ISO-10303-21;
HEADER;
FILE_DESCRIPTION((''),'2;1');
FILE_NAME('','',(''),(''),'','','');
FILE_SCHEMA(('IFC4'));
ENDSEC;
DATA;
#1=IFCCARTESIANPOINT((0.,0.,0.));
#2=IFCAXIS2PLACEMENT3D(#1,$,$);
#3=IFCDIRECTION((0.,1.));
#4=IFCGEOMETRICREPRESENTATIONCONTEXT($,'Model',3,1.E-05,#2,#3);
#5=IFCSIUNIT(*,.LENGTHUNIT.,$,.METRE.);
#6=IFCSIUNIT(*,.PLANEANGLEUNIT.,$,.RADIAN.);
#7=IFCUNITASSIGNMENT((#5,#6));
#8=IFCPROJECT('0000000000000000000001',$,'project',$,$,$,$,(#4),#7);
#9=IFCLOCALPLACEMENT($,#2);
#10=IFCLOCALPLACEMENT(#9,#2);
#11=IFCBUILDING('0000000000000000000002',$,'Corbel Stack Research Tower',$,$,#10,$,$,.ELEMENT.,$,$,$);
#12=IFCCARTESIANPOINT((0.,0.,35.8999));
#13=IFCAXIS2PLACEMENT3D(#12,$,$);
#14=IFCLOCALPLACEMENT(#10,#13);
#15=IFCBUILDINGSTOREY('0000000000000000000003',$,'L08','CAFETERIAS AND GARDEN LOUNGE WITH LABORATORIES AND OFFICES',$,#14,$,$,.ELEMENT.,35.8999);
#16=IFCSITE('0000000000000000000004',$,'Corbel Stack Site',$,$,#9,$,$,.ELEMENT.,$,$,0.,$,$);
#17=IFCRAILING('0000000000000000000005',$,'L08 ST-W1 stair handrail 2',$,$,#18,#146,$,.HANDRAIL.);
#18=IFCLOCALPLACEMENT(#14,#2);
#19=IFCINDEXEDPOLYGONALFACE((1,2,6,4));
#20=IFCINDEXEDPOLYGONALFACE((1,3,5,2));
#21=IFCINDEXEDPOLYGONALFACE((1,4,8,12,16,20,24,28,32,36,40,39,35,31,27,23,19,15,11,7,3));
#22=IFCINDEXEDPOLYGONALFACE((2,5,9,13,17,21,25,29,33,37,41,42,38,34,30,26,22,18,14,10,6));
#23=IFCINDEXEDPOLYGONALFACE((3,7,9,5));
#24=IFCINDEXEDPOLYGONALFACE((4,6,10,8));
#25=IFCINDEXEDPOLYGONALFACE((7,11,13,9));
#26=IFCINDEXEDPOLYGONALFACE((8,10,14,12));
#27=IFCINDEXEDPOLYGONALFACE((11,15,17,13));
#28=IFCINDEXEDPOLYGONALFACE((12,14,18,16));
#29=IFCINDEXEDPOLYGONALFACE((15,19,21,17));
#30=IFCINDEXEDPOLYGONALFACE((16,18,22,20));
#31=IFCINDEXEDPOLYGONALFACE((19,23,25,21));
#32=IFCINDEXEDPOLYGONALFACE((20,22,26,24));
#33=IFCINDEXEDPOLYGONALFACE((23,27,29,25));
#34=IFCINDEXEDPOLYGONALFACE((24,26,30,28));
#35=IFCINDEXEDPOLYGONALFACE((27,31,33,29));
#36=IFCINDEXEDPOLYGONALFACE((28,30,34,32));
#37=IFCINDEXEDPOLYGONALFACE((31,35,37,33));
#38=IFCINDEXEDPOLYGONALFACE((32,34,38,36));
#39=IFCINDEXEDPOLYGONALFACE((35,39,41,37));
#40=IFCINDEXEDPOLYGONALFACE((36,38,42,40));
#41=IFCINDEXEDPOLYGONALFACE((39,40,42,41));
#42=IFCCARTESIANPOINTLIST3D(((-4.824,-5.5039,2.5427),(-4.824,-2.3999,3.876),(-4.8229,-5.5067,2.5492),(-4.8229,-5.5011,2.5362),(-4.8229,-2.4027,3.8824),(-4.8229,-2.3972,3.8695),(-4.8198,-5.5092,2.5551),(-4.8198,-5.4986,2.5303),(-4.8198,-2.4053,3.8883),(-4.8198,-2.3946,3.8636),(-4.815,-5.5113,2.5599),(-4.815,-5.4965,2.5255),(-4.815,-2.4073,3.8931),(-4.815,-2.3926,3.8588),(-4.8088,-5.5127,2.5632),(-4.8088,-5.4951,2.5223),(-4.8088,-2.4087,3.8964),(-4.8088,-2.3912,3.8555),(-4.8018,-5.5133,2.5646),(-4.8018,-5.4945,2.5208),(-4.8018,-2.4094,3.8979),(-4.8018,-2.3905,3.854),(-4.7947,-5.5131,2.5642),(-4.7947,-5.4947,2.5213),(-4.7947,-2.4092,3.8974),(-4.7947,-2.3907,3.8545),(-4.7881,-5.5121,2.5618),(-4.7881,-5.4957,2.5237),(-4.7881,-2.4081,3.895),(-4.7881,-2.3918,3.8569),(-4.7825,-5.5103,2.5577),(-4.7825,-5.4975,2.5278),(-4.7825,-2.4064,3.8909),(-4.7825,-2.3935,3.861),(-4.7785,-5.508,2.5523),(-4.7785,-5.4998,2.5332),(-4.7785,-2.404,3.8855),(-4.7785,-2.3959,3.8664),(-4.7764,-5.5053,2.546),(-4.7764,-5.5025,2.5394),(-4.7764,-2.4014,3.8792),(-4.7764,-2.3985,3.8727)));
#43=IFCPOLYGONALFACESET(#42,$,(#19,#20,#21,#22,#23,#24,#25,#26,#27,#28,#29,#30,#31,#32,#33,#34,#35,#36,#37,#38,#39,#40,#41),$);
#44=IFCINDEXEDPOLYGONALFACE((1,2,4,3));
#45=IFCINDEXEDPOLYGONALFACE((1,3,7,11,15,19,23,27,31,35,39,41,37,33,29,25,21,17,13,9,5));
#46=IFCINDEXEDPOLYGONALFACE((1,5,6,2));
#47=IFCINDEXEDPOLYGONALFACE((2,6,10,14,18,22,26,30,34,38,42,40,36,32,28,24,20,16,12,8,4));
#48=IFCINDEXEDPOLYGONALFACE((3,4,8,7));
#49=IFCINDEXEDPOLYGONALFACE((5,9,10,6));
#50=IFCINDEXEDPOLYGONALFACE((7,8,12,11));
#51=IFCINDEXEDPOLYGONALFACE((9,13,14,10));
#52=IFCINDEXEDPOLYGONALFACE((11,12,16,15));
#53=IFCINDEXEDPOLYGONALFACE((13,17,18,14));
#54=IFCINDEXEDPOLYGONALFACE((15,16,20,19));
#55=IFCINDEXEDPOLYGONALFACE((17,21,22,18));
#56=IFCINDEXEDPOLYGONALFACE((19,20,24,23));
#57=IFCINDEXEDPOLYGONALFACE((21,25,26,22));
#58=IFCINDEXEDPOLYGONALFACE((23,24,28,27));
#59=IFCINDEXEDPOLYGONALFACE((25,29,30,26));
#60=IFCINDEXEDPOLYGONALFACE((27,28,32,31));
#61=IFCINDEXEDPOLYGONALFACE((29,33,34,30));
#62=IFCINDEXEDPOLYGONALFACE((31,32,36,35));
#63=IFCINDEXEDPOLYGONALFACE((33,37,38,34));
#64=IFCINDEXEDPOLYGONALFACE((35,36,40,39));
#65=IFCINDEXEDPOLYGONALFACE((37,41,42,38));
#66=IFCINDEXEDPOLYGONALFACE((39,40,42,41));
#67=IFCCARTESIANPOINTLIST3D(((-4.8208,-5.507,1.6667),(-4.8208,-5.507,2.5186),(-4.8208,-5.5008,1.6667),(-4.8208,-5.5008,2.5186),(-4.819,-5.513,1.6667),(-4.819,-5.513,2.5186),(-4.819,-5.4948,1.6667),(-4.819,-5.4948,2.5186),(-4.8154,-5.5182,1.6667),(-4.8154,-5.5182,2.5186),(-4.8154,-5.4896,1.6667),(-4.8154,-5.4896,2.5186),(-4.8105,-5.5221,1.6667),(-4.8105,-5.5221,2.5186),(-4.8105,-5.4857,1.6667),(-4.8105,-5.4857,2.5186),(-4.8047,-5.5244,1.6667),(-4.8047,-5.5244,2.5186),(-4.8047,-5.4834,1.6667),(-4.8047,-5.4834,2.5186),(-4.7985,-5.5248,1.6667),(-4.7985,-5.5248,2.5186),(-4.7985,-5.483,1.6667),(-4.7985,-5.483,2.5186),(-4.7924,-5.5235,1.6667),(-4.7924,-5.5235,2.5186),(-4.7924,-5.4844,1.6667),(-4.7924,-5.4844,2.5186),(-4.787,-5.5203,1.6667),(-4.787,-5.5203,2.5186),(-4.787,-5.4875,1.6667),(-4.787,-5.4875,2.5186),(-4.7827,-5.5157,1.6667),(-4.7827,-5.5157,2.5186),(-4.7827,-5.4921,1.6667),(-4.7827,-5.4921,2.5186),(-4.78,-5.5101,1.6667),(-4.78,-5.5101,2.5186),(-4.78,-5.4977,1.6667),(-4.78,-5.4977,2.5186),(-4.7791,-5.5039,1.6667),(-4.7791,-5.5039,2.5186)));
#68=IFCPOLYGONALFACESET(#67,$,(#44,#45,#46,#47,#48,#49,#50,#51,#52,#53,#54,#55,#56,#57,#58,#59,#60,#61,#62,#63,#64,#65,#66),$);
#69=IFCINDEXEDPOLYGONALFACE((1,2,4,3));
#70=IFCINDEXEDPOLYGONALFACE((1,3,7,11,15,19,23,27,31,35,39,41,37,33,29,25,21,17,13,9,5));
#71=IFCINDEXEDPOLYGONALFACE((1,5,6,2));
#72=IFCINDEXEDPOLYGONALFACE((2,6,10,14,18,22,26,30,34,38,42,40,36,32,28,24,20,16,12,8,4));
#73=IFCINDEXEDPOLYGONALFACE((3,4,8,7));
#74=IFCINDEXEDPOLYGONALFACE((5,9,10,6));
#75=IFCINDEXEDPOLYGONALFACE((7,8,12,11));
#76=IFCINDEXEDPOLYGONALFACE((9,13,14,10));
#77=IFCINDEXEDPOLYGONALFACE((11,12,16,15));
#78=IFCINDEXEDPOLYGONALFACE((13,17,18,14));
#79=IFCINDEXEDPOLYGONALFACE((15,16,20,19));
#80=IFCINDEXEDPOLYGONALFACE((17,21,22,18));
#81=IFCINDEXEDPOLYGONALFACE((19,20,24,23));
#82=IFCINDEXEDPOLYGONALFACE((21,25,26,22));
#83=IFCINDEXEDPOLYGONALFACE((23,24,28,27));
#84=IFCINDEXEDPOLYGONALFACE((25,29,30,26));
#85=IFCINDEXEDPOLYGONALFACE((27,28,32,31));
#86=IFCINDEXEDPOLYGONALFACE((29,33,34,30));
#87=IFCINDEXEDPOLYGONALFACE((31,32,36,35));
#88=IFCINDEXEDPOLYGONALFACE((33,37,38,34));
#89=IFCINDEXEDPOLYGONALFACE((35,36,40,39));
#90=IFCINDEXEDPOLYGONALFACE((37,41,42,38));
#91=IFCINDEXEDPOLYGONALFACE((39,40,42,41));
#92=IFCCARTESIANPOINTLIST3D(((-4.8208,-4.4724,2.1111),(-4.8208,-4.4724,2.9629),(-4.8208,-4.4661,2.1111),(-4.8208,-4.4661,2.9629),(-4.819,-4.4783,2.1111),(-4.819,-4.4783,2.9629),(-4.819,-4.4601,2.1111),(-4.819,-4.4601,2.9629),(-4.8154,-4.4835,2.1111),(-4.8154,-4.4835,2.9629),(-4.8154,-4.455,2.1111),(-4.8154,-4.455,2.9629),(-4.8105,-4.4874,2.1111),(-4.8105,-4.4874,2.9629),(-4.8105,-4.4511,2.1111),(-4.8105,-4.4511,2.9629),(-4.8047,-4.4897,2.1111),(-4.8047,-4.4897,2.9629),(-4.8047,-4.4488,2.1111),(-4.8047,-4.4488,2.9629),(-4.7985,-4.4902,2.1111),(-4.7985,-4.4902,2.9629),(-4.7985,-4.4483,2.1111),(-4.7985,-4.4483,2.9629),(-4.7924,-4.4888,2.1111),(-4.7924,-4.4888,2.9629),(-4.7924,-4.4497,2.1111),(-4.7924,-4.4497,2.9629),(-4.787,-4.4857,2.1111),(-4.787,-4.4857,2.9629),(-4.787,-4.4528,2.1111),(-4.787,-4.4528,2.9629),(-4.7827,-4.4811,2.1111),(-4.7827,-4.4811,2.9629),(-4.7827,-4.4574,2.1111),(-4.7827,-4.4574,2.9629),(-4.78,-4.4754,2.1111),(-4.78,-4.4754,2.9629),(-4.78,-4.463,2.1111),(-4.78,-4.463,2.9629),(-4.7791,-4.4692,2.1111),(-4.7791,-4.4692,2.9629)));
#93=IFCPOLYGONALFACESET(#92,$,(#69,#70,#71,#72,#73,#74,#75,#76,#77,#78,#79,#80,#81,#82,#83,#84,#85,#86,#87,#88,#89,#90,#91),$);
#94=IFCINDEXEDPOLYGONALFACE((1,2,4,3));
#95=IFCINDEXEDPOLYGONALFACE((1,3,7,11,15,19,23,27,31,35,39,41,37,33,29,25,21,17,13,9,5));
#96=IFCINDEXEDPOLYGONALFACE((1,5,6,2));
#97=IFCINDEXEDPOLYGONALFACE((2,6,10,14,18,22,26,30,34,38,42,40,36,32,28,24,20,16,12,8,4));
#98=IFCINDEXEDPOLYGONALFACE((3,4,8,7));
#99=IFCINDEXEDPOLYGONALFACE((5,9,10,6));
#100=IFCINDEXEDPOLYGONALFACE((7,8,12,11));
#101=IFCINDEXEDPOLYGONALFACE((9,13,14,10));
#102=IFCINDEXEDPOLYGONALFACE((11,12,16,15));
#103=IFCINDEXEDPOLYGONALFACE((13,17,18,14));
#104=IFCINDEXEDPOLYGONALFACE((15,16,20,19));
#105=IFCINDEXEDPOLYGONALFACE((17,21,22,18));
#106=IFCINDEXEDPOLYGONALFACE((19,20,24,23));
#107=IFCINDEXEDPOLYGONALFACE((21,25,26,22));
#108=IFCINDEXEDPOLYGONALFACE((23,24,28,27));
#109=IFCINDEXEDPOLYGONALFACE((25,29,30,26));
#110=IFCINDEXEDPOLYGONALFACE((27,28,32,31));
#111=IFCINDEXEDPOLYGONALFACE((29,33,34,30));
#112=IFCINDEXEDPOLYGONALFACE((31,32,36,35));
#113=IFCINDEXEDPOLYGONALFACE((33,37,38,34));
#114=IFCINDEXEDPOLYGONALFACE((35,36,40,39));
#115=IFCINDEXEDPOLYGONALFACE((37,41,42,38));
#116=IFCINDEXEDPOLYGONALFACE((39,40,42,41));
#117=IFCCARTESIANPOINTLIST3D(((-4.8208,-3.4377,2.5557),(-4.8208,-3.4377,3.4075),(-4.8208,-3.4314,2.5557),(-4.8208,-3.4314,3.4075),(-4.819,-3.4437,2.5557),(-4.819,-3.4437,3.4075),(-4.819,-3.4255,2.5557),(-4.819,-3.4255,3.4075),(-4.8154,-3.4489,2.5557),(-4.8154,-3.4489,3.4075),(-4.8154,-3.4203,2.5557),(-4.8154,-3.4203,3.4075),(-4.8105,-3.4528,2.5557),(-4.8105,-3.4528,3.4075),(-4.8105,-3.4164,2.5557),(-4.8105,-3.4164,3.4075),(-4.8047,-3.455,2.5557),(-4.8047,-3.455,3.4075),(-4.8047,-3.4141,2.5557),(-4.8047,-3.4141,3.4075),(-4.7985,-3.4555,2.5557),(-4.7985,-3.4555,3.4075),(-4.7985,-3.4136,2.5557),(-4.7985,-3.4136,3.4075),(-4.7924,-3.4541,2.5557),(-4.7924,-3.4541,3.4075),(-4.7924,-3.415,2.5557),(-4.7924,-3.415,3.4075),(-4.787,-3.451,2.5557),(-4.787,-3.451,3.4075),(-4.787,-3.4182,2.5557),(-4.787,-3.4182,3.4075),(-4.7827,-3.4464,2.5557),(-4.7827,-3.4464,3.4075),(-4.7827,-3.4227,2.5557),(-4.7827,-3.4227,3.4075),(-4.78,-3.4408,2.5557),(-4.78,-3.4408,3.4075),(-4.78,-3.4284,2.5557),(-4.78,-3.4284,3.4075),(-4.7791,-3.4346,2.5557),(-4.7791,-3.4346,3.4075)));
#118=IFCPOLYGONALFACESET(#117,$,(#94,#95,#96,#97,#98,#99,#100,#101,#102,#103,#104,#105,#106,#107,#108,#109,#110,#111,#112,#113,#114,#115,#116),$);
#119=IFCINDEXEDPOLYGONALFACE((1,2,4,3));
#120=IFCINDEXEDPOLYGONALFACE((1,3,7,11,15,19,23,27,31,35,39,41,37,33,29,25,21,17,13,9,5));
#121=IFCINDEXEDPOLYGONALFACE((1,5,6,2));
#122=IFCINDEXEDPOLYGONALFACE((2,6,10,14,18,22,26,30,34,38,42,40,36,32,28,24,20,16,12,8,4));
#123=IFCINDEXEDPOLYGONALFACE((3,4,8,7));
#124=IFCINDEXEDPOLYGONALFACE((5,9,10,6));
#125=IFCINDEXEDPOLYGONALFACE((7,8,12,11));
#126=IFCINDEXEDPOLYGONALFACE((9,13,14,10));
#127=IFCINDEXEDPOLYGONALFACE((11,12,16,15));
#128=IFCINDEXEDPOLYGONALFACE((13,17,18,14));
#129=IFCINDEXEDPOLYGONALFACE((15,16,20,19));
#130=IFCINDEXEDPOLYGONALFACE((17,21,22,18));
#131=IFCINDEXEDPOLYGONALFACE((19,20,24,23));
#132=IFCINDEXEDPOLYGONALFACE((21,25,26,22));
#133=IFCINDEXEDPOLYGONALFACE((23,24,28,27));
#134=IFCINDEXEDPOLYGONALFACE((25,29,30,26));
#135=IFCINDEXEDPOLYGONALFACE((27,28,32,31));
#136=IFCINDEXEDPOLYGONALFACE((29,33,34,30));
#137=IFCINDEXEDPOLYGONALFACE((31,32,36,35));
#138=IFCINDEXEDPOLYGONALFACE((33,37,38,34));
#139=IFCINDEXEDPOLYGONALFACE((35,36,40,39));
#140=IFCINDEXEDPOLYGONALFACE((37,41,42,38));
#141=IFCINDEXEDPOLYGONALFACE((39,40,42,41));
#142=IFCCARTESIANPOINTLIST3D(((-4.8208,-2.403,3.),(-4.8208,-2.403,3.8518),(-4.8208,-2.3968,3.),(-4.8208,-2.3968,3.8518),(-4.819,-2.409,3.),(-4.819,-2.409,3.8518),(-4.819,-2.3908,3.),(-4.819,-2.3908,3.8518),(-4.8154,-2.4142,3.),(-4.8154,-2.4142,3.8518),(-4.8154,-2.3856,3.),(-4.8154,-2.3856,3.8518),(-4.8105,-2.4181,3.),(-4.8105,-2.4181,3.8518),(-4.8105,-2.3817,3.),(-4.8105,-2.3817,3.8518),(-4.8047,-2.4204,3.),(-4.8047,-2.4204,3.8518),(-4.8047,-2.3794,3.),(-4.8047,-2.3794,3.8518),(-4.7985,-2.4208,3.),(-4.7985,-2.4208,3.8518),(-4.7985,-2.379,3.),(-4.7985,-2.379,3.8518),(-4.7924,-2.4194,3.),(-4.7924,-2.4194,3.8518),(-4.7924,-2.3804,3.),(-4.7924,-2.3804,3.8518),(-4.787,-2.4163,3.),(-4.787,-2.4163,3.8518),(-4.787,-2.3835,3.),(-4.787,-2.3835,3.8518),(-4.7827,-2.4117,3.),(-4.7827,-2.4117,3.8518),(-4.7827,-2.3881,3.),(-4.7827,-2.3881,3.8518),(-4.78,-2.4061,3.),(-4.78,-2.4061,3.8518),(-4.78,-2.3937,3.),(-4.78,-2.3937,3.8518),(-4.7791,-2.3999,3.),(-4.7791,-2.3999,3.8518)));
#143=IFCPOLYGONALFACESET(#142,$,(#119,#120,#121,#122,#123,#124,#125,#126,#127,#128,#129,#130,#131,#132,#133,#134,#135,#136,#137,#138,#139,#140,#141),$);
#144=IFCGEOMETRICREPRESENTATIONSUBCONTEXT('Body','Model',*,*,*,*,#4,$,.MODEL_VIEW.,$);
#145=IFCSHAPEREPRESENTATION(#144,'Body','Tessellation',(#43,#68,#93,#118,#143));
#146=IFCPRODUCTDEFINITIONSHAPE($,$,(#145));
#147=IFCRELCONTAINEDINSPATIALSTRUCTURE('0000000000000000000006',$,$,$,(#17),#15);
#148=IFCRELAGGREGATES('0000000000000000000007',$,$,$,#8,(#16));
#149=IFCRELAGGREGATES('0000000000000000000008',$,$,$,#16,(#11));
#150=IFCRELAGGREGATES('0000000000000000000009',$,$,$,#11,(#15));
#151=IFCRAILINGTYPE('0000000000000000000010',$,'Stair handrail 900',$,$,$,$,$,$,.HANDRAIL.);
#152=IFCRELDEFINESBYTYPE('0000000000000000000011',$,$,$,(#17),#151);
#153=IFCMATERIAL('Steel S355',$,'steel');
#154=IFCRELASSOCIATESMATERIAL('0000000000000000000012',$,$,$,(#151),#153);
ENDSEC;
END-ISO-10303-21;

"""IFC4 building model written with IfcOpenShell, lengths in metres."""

from ifc_helpers import new_model, si_unit, direction, frame, origin, origin_2d, place, context, subcontext, project, spatial, circle, extrude, material, type_object, element, save


model = new_model("IFC4")

# Units and contexts
model_context = context("Model", 3, precision=1e-05, world=origin(), true_north=direction((0.0, 1.0)))
body_context = subcontext(model_context, "Body", "Model", "MODEL_VIEW")
ifc_project = project(units=[si_unit("LENGTHUNIT", "METRE"), si_unit("PLANEANGLEUNIT", "RADIAN")], contexts=[model_context])

# Site, building, storey
site_placement = place(None, origin())
site = spatial("IfcSite", under=ifc_project, at=site_placement, Name="Corbel Stack Site", CompositionType="ELEMENT", RefElevation=0.0)
building_placement = place(site_placement, origin())
building = spatial("IfcBuilding", under=site, at=building_placement, Name="Corbel Stack Research Tower", CompositionType="ELEMENT")
storey_placement = place(building_placement, frame((0.0, 0.0, 35.8999)))
storey = spatial("IfcBuildingStorey", under=building, at=storey_placement, Name="L08", Description="CAFETERIAS AND GARDEN LOUNGE WITH LABORATORIES AND OFFICES", CompositionType="ELEMENT", Elevation=35.8999)

# Railing
ifc_material_1 = material(Name="Steel S355", Category="steel")
railing_type_1 = type_object("IfcRailingType", Name="Stair handrail 900", PredefinedType="HANDRAIL", material=ifc_material_1)
railing_1_placement = place(storey_placement, frame((-4.8, -5.5039, 1.6667)))
element("IfcRailing", 1, at=railing_1_placement, inside=storey, type_object=railing_type_1, Name="L08 ST-W1 stair handrail 2", PredefinedType="HANDRAIL", context=body_context, shape_type="SweptSolid", body=[
    extrude(circle(Radius=0.0239, at=origin_2d()), frame((0.0, 0.0, 0.876), z_axis=(0.0, 0.918827, 0.394661), x_axis=(-1.0, 0.0, 0.0)), (0.0, 0.0, 1.0), 3.3782),
    extrude(circle(Radius=0.021, at=origin_2d()), origin(), (0.0, 0.0, 1.0), 0.8518),
    extrude(circle(Radius=0.021, at=origin_2d()), frame((0.0, 1.0347, 0.4443)), (0.0, 0.0, 1.0), 0.8518),
    extrude(circle(Radius=0.021, at=origin_2d()), frame((0.0, 2.0693, 0.8889)), (0.0, 0.0, 1.0), 0.8518),
    extrude(circle(Radius=0.021, at=origin_2d()), frame((0.0, 3.104, 1.3333)), (0.0, 0.0, 1.0), 0.8518),
])

save(model, "model.ifc")
